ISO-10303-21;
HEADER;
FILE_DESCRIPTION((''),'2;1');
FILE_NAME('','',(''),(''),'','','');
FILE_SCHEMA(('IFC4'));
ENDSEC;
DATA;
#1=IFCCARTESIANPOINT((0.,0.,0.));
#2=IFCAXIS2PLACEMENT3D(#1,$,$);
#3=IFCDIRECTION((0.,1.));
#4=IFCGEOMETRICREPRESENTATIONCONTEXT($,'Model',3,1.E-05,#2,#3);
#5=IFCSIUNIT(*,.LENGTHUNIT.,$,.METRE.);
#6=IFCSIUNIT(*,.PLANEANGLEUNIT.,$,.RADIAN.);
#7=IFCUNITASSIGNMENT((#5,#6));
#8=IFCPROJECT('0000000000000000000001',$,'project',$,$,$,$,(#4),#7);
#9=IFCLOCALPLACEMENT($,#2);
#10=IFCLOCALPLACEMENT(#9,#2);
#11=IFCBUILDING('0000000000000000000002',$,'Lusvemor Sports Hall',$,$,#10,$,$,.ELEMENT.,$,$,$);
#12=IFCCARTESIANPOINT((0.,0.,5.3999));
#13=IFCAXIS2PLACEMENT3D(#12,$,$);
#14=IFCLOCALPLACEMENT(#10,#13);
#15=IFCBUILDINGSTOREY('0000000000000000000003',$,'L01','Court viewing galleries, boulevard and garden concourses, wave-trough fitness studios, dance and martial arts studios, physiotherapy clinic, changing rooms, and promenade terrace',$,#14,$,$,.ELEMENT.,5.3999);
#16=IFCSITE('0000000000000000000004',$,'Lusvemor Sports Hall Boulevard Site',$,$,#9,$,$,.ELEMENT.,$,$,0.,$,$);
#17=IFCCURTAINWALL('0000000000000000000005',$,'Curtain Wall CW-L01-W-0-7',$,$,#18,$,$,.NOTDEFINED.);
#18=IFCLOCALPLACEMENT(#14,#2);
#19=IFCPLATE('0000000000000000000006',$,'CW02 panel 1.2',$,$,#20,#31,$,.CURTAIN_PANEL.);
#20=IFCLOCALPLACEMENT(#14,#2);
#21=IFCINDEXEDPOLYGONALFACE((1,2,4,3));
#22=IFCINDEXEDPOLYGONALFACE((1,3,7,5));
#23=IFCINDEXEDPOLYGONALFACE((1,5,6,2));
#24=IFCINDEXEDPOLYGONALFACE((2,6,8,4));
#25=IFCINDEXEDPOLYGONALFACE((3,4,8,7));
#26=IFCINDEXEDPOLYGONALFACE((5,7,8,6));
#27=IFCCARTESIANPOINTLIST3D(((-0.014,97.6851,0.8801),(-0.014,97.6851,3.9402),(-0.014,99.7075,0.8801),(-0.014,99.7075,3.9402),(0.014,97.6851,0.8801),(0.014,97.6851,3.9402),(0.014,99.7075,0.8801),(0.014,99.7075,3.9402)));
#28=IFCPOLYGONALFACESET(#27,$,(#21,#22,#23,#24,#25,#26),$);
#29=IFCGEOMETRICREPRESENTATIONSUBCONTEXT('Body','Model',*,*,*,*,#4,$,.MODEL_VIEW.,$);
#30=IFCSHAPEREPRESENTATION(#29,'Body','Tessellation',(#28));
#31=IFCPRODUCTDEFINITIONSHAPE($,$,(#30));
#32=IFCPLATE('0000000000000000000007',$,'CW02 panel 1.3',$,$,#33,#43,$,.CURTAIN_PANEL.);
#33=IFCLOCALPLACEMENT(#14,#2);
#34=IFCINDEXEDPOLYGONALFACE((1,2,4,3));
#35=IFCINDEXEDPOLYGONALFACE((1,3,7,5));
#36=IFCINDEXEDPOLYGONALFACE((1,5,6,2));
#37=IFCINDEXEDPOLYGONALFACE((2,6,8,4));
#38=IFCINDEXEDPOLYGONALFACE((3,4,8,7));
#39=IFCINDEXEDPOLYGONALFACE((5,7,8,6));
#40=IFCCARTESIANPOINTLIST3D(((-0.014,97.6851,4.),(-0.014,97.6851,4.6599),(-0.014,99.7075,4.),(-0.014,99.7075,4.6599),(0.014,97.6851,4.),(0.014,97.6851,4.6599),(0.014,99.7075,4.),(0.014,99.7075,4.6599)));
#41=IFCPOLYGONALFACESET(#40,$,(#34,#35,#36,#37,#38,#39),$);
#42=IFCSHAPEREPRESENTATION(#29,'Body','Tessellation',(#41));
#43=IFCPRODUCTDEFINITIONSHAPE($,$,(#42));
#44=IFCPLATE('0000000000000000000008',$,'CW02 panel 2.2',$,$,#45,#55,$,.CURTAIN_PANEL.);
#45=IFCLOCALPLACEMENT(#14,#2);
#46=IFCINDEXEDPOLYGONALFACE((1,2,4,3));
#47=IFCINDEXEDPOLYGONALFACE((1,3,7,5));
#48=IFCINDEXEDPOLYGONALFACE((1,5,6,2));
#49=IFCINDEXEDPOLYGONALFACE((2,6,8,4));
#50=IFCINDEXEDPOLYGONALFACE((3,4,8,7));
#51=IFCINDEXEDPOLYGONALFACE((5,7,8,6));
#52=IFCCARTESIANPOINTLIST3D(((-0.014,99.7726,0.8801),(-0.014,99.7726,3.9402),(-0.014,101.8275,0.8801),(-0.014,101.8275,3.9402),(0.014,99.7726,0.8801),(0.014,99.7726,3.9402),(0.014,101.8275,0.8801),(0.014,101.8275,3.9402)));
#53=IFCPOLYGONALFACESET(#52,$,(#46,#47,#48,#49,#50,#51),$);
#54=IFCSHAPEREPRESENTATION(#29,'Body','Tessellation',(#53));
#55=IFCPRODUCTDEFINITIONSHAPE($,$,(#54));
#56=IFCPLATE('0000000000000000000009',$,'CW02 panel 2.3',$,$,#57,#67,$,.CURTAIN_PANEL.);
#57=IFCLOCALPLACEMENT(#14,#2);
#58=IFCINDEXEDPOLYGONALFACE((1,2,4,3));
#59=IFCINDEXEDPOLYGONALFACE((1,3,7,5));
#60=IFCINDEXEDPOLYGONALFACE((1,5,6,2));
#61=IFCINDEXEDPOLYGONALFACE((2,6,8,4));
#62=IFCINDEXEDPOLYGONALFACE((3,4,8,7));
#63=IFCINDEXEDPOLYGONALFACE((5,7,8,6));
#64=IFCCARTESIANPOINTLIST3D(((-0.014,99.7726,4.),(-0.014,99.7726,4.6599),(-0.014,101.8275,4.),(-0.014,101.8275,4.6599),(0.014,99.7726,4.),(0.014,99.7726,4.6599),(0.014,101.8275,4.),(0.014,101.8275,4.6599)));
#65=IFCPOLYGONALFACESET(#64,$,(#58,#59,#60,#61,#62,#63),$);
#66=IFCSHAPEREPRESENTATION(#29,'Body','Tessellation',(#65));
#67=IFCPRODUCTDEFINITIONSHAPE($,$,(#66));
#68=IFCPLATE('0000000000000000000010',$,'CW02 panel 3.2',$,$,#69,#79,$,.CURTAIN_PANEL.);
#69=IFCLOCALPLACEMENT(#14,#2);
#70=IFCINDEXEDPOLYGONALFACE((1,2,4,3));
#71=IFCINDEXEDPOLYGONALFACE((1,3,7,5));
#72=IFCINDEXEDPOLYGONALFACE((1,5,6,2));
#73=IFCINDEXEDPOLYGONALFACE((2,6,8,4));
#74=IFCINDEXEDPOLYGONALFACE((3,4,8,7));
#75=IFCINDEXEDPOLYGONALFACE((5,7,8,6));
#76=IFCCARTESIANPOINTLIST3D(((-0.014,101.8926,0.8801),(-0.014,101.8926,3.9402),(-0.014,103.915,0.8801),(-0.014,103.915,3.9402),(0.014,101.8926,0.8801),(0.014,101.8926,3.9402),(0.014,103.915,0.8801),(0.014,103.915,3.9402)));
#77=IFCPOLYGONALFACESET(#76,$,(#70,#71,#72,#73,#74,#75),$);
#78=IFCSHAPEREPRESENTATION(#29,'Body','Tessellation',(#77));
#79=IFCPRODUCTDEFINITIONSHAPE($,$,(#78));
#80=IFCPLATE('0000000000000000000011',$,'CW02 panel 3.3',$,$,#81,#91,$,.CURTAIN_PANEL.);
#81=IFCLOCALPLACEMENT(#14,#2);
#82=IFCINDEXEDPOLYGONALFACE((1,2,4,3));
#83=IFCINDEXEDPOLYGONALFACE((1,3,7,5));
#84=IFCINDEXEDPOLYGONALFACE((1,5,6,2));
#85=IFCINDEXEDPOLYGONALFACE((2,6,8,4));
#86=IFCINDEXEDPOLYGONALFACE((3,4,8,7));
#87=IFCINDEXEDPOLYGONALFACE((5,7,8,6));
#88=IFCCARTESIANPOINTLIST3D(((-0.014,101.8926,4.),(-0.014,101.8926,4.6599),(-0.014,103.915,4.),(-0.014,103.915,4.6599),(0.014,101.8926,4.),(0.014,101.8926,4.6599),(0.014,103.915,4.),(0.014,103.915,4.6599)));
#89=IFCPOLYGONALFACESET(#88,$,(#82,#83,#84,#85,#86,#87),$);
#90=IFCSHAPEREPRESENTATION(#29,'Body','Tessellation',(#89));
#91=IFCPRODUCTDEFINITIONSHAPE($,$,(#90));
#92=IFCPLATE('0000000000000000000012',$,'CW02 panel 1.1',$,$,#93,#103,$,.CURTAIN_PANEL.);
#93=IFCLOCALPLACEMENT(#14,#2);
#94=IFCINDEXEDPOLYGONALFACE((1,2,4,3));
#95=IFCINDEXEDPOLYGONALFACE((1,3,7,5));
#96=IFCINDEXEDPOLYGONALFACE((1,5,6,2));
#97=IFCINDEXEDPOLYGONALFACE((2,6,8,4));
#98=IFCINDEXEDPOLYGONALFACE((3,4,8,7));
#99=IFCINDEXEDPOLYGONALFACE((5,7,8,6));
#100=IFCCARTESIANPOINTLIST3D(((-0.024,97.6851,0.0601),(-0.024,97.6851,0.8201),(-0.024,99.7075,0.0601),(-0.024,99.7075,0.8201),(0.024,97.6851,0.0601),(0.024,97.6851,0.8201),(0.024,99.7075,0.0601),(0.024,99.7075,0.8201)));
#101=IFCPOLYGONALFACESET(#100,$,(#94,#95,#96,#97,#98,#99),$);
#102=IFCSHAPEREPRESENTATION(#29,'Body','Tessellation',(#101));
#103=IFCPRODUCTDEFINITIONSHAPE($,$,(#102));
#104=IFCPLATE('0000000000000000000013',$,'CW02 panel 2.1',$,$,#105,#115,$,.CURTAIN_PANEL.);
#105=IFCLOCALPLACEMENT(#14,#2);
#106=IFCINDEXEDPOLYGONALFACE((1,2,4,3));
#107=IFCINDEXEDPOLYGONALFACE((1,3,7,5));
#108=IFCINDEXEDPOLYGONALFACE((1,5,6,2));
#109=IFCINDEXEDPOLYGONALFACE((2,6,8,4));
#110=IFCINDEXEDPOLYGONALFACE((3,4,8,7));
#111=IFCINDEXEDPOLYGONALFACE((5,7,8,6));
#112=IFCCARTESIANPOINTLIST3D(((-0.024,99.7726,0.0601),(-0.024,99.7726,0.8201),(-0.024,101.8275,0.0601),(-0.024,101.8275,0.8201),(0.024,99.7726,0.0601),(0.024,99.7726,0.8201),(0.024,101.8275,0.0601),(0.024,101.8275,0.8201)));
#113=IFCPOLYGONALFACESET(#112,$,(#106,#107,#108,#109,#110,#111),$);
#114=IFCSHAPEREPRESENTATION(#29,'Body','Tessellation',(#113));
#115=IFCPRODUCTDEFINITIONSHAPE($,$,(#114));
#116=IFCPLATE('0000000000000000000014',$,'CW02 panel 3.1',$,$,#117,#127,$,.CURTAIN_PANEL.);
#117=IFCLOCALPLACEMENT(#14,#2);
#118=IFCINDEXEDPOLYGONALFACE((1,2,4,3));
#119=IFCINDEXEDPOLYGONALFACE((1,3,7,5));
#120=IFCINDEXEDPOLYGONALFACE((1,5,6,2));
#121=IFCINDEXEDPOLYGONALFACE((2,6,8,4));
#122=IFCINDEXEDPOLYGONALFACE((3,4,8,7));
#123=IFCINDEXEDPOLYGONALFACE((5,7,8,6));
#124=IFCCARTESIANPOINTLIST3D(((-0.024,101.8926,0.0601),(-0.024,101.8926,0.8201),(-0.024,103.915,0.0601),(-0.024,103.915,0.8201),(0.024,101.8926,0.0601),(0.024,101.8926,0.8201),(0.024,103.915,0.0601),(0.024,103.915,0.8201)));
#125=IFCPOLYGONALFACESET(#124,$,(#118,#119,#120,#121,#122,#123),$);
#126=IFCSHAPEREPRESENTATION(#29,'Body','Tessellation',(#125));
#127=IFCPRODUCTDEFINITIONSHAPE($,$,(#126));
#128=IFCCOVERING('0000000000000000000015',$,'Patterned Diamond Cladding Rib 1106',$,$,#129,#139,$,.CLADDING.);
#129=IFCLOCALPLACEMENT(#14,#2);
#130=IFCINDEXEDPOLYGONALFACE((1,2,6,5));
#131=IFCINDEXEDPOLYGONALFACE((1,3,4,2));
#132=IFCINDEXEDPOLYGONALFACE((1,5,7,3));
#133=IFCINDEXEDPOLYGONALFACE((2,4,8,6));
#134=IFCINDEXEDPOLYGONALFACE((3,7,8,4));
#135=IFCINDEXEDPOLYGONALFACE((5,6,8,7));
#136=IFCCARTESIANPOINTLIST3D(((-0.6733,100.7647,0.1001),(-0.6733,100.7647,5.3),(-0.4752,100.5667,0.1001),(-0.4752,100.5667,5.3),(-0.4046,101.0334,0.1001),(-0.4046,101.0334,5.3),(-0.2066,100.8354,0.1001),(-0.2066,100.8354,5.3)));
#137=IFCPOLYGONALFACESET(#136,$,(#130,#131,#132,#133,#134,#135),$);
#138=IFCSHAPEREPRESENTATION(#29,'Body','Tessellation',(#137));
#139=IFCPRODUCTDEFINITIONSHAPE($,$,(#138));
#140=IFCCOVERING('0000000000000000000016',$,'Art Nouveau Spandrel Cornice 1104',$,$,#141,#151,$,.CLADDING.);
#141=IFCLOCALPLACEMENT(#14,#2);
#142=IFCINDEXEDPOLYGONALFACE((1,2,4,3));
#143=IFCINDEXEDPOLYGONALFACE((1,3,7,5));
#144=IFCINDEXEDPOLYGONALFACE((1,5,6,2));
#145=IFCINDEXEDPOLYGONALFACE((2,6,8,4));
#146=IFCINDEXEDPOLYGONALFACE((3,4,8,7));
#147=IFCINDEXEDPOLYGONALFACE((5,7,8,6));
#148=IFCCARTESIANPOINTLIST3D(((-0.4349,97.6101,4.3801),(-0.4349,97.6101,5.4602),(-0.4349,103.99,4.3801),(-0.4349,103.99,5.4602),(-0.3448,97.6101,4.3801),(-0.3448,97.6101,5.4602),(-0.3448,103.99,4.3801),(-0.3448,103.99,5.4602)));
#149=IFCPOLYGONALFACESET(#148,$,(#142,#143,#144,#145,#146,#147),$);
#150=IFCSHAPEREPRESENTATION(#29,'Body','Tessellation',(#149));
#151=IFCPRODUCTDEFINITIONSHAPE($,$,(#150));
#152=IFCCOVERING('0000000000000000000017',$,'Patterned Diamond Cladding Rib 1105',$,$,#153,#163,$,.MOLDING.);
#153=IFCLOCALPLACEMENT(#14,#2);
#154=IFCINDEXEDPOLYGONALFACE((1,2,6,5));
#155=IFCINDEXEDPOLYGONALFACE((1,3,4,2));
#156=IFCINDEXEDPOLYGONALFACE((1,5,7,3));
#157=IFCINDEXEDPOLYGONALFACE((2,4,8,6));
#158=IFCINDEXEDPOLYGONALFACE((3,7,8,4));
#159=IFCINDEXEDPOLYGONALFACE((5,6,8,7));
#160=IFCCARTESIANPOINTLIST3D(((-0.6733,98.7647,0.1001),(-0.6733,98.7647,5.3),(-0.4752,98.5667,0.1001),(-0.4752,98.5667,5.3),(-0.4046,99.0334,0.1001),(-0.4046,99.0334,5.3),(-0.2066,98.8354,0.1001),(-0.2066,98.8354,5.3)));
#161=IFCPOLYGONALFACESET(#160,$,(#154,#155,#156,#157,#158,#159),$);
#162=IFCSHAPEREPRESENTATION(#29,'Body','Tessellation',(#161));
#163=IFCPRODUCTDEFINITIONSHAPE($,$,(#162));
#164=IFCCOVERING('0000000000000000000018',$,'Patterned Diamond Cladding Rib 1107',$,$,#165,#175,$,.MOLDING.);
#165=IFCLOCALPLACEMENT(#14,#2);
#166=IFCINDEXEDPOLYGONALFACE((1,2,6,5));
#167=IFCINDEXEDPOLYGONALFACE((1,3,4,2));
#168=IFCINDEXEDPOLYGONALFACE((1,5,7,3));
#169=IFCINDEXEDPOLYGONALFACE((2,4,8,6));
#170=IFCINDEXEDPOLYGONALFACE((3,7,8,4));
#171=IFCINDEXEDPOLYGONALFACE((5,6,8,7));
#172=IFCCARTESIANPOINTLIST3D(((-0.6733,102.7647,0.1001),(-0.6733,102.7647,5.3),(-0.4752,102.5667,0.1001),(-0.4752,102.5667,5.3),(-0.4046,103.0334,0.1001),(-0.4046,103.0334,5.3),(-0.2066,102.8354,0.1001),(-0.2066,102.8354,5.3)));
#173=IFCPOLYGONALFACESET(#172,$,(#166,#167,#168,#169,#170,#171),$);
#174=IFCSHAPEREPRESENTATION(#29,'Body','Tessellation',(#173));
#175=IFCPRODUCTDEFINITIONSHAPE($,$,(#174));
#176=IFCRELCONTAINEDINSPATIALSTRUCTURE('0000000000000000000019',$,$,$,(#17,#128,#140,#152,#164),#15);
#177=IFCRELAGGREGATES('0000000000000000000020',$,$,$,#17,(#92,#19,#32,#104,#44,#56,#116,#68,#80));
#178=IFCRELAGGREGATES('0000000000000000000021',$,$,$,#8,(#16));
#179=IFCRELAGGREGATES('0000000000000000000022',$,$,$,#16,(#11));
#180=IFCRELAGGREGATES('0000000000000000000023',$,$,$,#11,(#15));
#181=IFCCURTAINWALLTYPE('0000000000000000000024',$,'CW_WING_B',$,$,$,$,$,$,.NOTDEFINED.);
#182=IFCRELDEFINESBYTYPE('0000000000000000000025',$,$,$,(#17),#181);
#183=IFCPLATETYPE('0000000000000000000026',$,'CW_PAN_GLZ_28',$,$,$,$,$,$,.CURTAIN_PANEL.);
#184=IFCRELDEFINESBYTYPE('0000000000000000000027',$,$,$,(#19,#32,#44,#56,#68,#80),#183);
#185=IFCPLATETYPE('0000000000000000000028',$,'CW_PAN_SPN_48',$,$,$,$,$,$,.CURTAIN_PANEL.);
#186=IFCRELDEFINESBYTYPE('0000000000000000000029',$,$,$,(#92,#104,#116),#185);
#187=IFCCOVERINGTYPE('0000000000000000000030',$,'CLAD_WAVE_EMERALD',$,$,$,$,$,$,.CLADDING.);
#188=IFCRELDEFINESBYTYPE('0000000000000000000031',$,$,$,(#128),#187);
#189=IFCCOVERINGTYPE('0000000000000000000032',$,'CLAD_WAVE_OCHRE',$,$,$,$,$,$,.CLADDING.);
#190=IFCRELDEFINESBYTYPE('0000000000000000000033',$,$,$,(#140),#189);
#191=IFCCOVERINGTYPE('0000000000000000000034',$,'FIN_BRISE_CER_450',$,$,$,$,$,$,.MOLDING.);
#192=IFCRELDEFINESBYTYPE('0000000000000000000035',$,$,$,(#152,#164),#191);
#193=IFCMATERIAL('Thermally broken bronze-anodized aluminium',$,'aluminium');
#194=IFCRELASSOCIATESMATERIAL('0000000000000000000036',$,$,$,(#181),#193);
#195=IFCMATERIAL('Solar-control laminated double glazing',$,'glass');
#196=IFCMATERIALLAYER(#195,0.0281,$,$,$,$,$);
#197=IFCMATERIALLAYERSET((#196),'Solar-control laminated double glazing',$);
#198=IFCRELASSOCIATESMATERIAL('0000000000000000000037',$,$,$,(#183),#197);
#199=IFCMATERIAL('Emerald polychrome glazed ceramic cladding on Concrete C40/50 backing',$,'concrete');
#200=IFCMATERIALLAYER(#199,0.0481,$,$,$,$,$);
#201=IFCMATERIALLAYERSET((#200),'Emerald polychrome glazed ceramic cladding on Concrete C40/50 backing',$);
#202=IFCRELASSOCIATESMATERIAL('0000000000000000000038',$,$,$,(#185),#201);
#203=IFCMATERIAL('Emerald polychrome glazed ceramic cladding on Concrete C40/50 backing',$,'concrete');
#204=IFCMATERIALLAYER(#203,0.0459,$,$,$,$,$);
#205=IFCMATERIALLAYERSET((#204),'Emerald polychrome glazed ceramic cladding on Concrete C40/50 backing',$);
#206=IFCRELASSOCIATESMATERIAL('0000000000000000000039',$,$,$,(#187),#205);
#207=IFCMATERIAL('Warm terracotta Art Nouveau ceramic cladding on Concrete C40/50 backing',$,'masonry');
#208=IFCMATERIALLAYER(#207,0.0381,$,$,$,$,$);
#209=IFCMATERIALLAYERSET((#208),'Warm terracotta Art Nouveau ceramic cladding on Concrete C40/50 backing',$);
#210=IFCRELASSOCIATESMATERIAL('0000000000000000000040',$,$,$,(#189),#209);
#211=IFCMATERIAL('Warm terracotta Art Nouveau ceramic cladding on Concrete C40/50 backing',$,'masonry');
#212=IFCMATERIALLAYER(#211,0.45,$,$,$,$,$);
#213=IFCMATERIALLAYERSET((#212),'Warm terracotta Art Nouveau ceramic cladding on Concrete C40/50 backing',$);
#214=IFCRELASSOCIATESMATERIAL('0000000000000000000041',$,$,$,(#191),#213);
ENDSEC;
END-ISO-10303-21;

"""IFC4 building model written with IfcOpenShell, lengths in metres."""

from ifc_helpers import new_model, si_unit, direction, frame, origin, origin_2d, place, context, subcontext, project, spatial, rectangle, extrude, material, layer, layer_set, type_object, element, aggregate, save


model = new_model("IFC4")

# Units and contexts
model_context = context("Model", 3, precision=1e-05, world=origin(), true_north=direction((0.0, 1.0)))
body_context = subcontext(model_context, "Body", "Model", "MODEL_VIEW")
ifc_project = project(units=[si_unit("LENGTHUNIT", "METRE"), si_unit("PLANEANGLEUNIT", "RADIAN")], contexts=[model_context])

# Site, building, storey
site_placement = place(None, origin())
site = spatial("IfcSite", under=ifc_project, at=site_placement, Name="Lusvemor Sports Hall Boulevard Site", CompositionType="ELEMENT", RefElevation=0.0)
building_placement = place(site_placement, origin())
building = spatial("IfcBuilding", under=site, at=building_placement, Name="Lusvemor Sports Hall", CompositionType="ELEMENT")
storey_placement = place(building_placement, frame((0.0, 0.0, 5.3999)))
storey = spatial("IfcBuildingStorey", under=building, at=storey_placement, Name="L01", Description="Court viewing galleries, boulevard and garden concourses, wave-trough fitness studios, dance and martial arts studios, physiotherapy clinic, changing rooms, and promenade terrace", CompositionType="ELEMENT", Elevation=5.3999)

# Curtain wall
ifc_material_1 = material(Name="Thermally broken bronze-anodized aluminium", Category="aluminium")
curtain_wall_type = type_object("IfcCurtainWallType", Name="CW_WING_B", PredefinedType="NOTDEFINED", material=ifc_material_1)
curtain_wall_placement = place(storey_placement, origin())
curtain_wall = element("IfcCurtainWall", 1, at=curtain_wall_placement, inside=storey, type_object=curtain_wall_type, Name="Curtain Wall CW-L01-W-0-7", PredefinedType="NOTDEFINED")

# Plates
ifc_material_2 = material(Name="Solar-control laminated double glazing", Category="glass")
ifc_layer_1 = layer(ifc_material_2, 0.0281)
ifc_layer_set_1 = layer_set([ifc_layer_1], Name="Solar-control laminated double glazing")
plate_type_1 = type_object("IfcPlateType", Name="CW_PAN_GLZ_28", PredefinedType="CURTAIN_PANEL", material=ifc_layer_set_1)
plate_1_placement = place(storey_placement, frame((0.0, 98.6963, 0.8801), z_axis=(0.0, 0.0, 1.0), x_axis=(0.0, 1.0, 0.0)))
plate_1 = element("IfcPlate", 2, at=plate_1_placement, type_object=plate_type_1, Name="CW02 panel 1.2", PredefinedType="CURTAIN_PANEL", context=body_context, shape_type="SweptSolid", body=[
    extrude(rectangle(XDim=2.0225, YDim=0.0281, at=origin_2d()), origin(), (0.0, 0.0, 1.0), 3.0601),
])
plate_2_placement = place(storey_placement, frame((0.0, 98.6963, 4.0), z_axis=(0.0, 0.0, 1.0), x_axis=(0.0, 1.0, 0.0)))
plate_2 = element("IfcPlate", 3, at=plate_2_placement, type_object=plate_type_1, Name="CW02 panel 1.3", PredefinedType="CURTAIN_PANEL", context=body_context, shape_type="SweptSolid", body=[
    extrude(rectangle(XDim=2.0225, YDim=0.0281, at=origin_2d()), origin(), (0.0, 0.0, 1.0), 0.6599),
])
plate_3_placement = place(storey_placement, frame((0.0, 100.8, 0.8801), z_axis=(0.0, 0.0, 1.0), x_axis=(0.0, 1.0, 0.0)))
plate_3 = element("IfcPlate", 4, at=plate_3_placement, type_object=plate_type_1, Name="CW02 panel 2.2", PredefinedType="CURTAIN_PANEL", context=body_context, shape_type="SweptSolid", body=[
    extrude(rectangle(XDim=2.0549, YDim=0.0281, at=origin_2d()), origin(), (0.0, 0.0, 1.0), 3.0601),
])
plate_4_placement = place(storey_placement, frame((0.0, 100.8, 4.0), z_axis=(0.0, 0.0, 1.0), x_axis=(0.0, 1.0, 0.0)))
plate_4 = element("IfcPlate", 5, at=plate_4_placement, type_object=plate_type_1, Name="CW02 panel 2.3", PredefinedType="CURTAIN_PANEL", context=body_context, shape_type="SweptSolid", body=[
    extrude(rectangle(XDim=2.0549, YDim=0.0281, at=origin_2d()), origin(), (0.0, 0.0, 1.0), 0.6599),
])
plate_5_placement = place(storey_placement, frame((0.0, 102.9038, 0.8801), z_axis=(0.0, 0.0, 1.0), x_axis=(0.0, 1.0, 0.0)))
plate_5 = element("IfcPlate", 6, at=plate_5_placement, type_object=plate_type_1, Name="CW02 panel 3.2", PredefinedType="CURTAIN_PANEL", context=body_context, shape_type="SweptSolid", body=[
    extrude(rectangle(XDim=2.0225, YDim=0.0281, at=origin_2d()), origin(), (0.0, 0.0, 1.0), 3.0601),
])
plate_6_placement = place(storey_placement, frame((0.0, 102.9038, 4.0), z_axis=(0.0, 0.0, 1.0), x_axis=(0.0, 1.0, 0.0)))
plate_6 = element("IfcPlate", 7, at=plate_6_placement, type_object=plate_type_1, Name="CW02 panel 3.3", PredefinedType="CURTAIN_PANEL", context=body_context, shape_type="SweptSolid", body=[
    extrude(rectangle(XDim=2.0225, YDim=0.0281, at=origin_2d()), origin(), (0.0, 0.0, 1.0), 0.6599),
])
ifc_material_3 = material(Name="Emerald polychrome glazed ceramic cladding on Concrete C40/50 backing", Category="concrete")
ifc_layer_2 = layer(ifc_material_3, 0.0481)
ifc_layer_set_2 = layer_set([ifc_layer_2], Name="Emerald polychrome glazed ceramic cladding on Concrete C40/50 backing")
plate_type_2 = type_object("IfcPlateType", Name="CW_PAN_SPN_48", PredefinedType="CURTAIN_PANEL", material=ifc_layer_set_2)
plate_7_placement = place(storey_placement, frame((0.0, 98.6963, 0.0601), z_axis=(0.0, 0.0, 1.0), x_axis=(0.0, 1.0, 0.0)))
plate_7 = element("IfcPlate", 8, at=plate_7_placement, type_object=plate_type_2, Name="CW02 panel 1.1", PredefinedType="CURTAIN_PANEL", context=body_context, shape_type="SweptSolid", body=[
    extrude(rectangle(XDim=2.0225, YDim=0.0481, at=origin_2d()), origin(), (0.0, 0.0, 1.0), 0.76),
])
plate_8_placement = place(storey_placement, frame((0.0, 100.8, 0.0601), z_axis=(0.0, 0.0, 1.0), x_axis=(0.0, 1.0, 0.0)))
plate_8 = element("IfcPlate", 9, at=plate_8_placement, type_object=plate_type_2, Name="CW02 panel 2.1", PredefinedType="CURTAIN_PANEL", context=body_context, shape_type="SweptSolid", body=[
    extrude(rectangle(XDim=2.0549, YDim=0.0481, at=origin_2d()), origin(), (0.0, 0.0, 1.0), 0.76),
])
plate_9_placement = place(storey_placement, frame((0.0, 102.9038, 0.0601), z_axis=(0.0, 0.0, 1.0), x_axis=(0.0, 1.0, 0.0)))
plate_9 = element("IfcPlate", 10, at=plate_9_placement, type_object=plate_type_2, Name="CW02 panel 3.1", PredefinedType="CURTAIN_PANEL", context=body_context, shape_type="SweptSolid", body=[
    extrude(rectangle(XDim=2.0225, YDim=0.0481, at=origin_2d()), origin(), (0.0, 0.0, 1.0), 0.76),
])
aggregate(curtain_wall, [plate_7, plate_1, plate_2, plate_8, plate_3, plate_4, plate_9, plate_5, plate_6])

# Coverings
ifc_material_4 = material(Name="Emerald polychrome glazed ceramic cladding on Concrete C40/50 backing", Category="concrete")
ifc_layer_3 = layer(ifc_material_4, 0.0459)
ifc_layer_set_3 = layer_set([ifc_layer_3], Name="Emerald polychrome glazed ceramic cladding on Concrete C40/50 backing")
covering_type_1 = type_object("IfcCoveringType", Name="CLAD_WAVE_EMERALD", PredefinedType="CLADDING", material=ifc_layer_set_3)
covering_1_placement = place(storey_placement, frame((-0.4399, 100.8, 0.1001), z_axis=(0.0, 0.0, 1.0), x_axis=(0.707107, 0.707107, 0.0)))
element("IfcCovering", 11, at=covering_1_placement, inside=storey, type_object=covering_type_1, Name="Patterned Diamond Cladding Rib 1106", PredefinedType="CLADDING", context=body_context, shape_type="SweptSolid", body=[
    extrude(rectangle(XDim=0.3799, YDim=0.28, at=origin_2d()), origin(), (0.0, 0.0, 1.0), 5.2),
])
ifc_material_5 = material(Name="Warm terracotta Art Nouveau ceramic cladding on Concrete C40/50 backing", Category="masonry")
ifc_layer_4 = layer(ifc_material_5, 0.0381)
ifc_layer_set_4 = layer_set([ifc_layer_4], Name="Warm terracotta Art Nouveau ceramic cladding on Concrete C40/50 backing")
covering_type_2 = type_object("IfcCoveringType", Name="CLAD_WAVE_OCHRE", PredefinedType="CLADDING", material=ifc_layer_set_4)
covering_2_placement = place(storey_placement, frame((-0.3899, 100.8, 4.3801), z_axis=(0.0, 0.0, 1.0), x_axis=(1.0, 0.0, 0.0)))
element("IfcCovering", 12, at=covering_2_placement, inside=storey, type_object=covering_type_2, Name="Art Nouveau Spandrel Cornice 1104", PredefinedType="CLADDING", context=body_context, shape_type="SweptSolid", body=[
    extrude(rectangle(XDim=0.0901, YDim=6.3799, at=origin_2d()), origin(), (0.0, 0.0, 1.0), 1.0801),
])
ifc_material_6 = material(Name="Warm terracotta Art Nouveau ceramic cladding on Concrete C40/50 backing", Category="masonry")
ifc_layer_5 = layer(ifc_material_6, 0.45)
ifc_layer_set_5 = layer_set([ifc_layer_5], Name="Warm terracotta Art Nouveau ceramic cladding on Concrete C40/50 backing")
covering_type_3 = type_object("IfcCoveringType", Name="FIN_BRISE_CER_450", PredefinedType="MOLDING", material=ifc_layer_set_5)
for number, where, z_axis, x_axis, name in (
    (13, (-0.4399, 98.8, 0.1001), (0.0, 0.0, 1.0), (0.707107, 0.707107, 0.0), "Patterned Diamond Cladding Rib 1105"),
    (14, (-0.4399, 102.8, 0.1001), (0.0, 0.0, 1.0), (0.707107, 0.707107, 0.0), "Patterned Diamond Cladding Rib 1107"),
):
    element("IfcCovering", number, at=place(storey_placement, frame(where, z_axis=z_axis, x_axis=x_axis)), inside=storey, type_object=covering_type_3, Name=name, PredefinedType="MOLDING", context=body_context, shape_type="SweptSolid", body=[
        extrude(rectangle(XDim=0.3799, YDim=0.28, at=origin_2d()), origin(), (0.0, 0.0, 1.0), 5.2),
    ])

save(model, "model.ifc")
